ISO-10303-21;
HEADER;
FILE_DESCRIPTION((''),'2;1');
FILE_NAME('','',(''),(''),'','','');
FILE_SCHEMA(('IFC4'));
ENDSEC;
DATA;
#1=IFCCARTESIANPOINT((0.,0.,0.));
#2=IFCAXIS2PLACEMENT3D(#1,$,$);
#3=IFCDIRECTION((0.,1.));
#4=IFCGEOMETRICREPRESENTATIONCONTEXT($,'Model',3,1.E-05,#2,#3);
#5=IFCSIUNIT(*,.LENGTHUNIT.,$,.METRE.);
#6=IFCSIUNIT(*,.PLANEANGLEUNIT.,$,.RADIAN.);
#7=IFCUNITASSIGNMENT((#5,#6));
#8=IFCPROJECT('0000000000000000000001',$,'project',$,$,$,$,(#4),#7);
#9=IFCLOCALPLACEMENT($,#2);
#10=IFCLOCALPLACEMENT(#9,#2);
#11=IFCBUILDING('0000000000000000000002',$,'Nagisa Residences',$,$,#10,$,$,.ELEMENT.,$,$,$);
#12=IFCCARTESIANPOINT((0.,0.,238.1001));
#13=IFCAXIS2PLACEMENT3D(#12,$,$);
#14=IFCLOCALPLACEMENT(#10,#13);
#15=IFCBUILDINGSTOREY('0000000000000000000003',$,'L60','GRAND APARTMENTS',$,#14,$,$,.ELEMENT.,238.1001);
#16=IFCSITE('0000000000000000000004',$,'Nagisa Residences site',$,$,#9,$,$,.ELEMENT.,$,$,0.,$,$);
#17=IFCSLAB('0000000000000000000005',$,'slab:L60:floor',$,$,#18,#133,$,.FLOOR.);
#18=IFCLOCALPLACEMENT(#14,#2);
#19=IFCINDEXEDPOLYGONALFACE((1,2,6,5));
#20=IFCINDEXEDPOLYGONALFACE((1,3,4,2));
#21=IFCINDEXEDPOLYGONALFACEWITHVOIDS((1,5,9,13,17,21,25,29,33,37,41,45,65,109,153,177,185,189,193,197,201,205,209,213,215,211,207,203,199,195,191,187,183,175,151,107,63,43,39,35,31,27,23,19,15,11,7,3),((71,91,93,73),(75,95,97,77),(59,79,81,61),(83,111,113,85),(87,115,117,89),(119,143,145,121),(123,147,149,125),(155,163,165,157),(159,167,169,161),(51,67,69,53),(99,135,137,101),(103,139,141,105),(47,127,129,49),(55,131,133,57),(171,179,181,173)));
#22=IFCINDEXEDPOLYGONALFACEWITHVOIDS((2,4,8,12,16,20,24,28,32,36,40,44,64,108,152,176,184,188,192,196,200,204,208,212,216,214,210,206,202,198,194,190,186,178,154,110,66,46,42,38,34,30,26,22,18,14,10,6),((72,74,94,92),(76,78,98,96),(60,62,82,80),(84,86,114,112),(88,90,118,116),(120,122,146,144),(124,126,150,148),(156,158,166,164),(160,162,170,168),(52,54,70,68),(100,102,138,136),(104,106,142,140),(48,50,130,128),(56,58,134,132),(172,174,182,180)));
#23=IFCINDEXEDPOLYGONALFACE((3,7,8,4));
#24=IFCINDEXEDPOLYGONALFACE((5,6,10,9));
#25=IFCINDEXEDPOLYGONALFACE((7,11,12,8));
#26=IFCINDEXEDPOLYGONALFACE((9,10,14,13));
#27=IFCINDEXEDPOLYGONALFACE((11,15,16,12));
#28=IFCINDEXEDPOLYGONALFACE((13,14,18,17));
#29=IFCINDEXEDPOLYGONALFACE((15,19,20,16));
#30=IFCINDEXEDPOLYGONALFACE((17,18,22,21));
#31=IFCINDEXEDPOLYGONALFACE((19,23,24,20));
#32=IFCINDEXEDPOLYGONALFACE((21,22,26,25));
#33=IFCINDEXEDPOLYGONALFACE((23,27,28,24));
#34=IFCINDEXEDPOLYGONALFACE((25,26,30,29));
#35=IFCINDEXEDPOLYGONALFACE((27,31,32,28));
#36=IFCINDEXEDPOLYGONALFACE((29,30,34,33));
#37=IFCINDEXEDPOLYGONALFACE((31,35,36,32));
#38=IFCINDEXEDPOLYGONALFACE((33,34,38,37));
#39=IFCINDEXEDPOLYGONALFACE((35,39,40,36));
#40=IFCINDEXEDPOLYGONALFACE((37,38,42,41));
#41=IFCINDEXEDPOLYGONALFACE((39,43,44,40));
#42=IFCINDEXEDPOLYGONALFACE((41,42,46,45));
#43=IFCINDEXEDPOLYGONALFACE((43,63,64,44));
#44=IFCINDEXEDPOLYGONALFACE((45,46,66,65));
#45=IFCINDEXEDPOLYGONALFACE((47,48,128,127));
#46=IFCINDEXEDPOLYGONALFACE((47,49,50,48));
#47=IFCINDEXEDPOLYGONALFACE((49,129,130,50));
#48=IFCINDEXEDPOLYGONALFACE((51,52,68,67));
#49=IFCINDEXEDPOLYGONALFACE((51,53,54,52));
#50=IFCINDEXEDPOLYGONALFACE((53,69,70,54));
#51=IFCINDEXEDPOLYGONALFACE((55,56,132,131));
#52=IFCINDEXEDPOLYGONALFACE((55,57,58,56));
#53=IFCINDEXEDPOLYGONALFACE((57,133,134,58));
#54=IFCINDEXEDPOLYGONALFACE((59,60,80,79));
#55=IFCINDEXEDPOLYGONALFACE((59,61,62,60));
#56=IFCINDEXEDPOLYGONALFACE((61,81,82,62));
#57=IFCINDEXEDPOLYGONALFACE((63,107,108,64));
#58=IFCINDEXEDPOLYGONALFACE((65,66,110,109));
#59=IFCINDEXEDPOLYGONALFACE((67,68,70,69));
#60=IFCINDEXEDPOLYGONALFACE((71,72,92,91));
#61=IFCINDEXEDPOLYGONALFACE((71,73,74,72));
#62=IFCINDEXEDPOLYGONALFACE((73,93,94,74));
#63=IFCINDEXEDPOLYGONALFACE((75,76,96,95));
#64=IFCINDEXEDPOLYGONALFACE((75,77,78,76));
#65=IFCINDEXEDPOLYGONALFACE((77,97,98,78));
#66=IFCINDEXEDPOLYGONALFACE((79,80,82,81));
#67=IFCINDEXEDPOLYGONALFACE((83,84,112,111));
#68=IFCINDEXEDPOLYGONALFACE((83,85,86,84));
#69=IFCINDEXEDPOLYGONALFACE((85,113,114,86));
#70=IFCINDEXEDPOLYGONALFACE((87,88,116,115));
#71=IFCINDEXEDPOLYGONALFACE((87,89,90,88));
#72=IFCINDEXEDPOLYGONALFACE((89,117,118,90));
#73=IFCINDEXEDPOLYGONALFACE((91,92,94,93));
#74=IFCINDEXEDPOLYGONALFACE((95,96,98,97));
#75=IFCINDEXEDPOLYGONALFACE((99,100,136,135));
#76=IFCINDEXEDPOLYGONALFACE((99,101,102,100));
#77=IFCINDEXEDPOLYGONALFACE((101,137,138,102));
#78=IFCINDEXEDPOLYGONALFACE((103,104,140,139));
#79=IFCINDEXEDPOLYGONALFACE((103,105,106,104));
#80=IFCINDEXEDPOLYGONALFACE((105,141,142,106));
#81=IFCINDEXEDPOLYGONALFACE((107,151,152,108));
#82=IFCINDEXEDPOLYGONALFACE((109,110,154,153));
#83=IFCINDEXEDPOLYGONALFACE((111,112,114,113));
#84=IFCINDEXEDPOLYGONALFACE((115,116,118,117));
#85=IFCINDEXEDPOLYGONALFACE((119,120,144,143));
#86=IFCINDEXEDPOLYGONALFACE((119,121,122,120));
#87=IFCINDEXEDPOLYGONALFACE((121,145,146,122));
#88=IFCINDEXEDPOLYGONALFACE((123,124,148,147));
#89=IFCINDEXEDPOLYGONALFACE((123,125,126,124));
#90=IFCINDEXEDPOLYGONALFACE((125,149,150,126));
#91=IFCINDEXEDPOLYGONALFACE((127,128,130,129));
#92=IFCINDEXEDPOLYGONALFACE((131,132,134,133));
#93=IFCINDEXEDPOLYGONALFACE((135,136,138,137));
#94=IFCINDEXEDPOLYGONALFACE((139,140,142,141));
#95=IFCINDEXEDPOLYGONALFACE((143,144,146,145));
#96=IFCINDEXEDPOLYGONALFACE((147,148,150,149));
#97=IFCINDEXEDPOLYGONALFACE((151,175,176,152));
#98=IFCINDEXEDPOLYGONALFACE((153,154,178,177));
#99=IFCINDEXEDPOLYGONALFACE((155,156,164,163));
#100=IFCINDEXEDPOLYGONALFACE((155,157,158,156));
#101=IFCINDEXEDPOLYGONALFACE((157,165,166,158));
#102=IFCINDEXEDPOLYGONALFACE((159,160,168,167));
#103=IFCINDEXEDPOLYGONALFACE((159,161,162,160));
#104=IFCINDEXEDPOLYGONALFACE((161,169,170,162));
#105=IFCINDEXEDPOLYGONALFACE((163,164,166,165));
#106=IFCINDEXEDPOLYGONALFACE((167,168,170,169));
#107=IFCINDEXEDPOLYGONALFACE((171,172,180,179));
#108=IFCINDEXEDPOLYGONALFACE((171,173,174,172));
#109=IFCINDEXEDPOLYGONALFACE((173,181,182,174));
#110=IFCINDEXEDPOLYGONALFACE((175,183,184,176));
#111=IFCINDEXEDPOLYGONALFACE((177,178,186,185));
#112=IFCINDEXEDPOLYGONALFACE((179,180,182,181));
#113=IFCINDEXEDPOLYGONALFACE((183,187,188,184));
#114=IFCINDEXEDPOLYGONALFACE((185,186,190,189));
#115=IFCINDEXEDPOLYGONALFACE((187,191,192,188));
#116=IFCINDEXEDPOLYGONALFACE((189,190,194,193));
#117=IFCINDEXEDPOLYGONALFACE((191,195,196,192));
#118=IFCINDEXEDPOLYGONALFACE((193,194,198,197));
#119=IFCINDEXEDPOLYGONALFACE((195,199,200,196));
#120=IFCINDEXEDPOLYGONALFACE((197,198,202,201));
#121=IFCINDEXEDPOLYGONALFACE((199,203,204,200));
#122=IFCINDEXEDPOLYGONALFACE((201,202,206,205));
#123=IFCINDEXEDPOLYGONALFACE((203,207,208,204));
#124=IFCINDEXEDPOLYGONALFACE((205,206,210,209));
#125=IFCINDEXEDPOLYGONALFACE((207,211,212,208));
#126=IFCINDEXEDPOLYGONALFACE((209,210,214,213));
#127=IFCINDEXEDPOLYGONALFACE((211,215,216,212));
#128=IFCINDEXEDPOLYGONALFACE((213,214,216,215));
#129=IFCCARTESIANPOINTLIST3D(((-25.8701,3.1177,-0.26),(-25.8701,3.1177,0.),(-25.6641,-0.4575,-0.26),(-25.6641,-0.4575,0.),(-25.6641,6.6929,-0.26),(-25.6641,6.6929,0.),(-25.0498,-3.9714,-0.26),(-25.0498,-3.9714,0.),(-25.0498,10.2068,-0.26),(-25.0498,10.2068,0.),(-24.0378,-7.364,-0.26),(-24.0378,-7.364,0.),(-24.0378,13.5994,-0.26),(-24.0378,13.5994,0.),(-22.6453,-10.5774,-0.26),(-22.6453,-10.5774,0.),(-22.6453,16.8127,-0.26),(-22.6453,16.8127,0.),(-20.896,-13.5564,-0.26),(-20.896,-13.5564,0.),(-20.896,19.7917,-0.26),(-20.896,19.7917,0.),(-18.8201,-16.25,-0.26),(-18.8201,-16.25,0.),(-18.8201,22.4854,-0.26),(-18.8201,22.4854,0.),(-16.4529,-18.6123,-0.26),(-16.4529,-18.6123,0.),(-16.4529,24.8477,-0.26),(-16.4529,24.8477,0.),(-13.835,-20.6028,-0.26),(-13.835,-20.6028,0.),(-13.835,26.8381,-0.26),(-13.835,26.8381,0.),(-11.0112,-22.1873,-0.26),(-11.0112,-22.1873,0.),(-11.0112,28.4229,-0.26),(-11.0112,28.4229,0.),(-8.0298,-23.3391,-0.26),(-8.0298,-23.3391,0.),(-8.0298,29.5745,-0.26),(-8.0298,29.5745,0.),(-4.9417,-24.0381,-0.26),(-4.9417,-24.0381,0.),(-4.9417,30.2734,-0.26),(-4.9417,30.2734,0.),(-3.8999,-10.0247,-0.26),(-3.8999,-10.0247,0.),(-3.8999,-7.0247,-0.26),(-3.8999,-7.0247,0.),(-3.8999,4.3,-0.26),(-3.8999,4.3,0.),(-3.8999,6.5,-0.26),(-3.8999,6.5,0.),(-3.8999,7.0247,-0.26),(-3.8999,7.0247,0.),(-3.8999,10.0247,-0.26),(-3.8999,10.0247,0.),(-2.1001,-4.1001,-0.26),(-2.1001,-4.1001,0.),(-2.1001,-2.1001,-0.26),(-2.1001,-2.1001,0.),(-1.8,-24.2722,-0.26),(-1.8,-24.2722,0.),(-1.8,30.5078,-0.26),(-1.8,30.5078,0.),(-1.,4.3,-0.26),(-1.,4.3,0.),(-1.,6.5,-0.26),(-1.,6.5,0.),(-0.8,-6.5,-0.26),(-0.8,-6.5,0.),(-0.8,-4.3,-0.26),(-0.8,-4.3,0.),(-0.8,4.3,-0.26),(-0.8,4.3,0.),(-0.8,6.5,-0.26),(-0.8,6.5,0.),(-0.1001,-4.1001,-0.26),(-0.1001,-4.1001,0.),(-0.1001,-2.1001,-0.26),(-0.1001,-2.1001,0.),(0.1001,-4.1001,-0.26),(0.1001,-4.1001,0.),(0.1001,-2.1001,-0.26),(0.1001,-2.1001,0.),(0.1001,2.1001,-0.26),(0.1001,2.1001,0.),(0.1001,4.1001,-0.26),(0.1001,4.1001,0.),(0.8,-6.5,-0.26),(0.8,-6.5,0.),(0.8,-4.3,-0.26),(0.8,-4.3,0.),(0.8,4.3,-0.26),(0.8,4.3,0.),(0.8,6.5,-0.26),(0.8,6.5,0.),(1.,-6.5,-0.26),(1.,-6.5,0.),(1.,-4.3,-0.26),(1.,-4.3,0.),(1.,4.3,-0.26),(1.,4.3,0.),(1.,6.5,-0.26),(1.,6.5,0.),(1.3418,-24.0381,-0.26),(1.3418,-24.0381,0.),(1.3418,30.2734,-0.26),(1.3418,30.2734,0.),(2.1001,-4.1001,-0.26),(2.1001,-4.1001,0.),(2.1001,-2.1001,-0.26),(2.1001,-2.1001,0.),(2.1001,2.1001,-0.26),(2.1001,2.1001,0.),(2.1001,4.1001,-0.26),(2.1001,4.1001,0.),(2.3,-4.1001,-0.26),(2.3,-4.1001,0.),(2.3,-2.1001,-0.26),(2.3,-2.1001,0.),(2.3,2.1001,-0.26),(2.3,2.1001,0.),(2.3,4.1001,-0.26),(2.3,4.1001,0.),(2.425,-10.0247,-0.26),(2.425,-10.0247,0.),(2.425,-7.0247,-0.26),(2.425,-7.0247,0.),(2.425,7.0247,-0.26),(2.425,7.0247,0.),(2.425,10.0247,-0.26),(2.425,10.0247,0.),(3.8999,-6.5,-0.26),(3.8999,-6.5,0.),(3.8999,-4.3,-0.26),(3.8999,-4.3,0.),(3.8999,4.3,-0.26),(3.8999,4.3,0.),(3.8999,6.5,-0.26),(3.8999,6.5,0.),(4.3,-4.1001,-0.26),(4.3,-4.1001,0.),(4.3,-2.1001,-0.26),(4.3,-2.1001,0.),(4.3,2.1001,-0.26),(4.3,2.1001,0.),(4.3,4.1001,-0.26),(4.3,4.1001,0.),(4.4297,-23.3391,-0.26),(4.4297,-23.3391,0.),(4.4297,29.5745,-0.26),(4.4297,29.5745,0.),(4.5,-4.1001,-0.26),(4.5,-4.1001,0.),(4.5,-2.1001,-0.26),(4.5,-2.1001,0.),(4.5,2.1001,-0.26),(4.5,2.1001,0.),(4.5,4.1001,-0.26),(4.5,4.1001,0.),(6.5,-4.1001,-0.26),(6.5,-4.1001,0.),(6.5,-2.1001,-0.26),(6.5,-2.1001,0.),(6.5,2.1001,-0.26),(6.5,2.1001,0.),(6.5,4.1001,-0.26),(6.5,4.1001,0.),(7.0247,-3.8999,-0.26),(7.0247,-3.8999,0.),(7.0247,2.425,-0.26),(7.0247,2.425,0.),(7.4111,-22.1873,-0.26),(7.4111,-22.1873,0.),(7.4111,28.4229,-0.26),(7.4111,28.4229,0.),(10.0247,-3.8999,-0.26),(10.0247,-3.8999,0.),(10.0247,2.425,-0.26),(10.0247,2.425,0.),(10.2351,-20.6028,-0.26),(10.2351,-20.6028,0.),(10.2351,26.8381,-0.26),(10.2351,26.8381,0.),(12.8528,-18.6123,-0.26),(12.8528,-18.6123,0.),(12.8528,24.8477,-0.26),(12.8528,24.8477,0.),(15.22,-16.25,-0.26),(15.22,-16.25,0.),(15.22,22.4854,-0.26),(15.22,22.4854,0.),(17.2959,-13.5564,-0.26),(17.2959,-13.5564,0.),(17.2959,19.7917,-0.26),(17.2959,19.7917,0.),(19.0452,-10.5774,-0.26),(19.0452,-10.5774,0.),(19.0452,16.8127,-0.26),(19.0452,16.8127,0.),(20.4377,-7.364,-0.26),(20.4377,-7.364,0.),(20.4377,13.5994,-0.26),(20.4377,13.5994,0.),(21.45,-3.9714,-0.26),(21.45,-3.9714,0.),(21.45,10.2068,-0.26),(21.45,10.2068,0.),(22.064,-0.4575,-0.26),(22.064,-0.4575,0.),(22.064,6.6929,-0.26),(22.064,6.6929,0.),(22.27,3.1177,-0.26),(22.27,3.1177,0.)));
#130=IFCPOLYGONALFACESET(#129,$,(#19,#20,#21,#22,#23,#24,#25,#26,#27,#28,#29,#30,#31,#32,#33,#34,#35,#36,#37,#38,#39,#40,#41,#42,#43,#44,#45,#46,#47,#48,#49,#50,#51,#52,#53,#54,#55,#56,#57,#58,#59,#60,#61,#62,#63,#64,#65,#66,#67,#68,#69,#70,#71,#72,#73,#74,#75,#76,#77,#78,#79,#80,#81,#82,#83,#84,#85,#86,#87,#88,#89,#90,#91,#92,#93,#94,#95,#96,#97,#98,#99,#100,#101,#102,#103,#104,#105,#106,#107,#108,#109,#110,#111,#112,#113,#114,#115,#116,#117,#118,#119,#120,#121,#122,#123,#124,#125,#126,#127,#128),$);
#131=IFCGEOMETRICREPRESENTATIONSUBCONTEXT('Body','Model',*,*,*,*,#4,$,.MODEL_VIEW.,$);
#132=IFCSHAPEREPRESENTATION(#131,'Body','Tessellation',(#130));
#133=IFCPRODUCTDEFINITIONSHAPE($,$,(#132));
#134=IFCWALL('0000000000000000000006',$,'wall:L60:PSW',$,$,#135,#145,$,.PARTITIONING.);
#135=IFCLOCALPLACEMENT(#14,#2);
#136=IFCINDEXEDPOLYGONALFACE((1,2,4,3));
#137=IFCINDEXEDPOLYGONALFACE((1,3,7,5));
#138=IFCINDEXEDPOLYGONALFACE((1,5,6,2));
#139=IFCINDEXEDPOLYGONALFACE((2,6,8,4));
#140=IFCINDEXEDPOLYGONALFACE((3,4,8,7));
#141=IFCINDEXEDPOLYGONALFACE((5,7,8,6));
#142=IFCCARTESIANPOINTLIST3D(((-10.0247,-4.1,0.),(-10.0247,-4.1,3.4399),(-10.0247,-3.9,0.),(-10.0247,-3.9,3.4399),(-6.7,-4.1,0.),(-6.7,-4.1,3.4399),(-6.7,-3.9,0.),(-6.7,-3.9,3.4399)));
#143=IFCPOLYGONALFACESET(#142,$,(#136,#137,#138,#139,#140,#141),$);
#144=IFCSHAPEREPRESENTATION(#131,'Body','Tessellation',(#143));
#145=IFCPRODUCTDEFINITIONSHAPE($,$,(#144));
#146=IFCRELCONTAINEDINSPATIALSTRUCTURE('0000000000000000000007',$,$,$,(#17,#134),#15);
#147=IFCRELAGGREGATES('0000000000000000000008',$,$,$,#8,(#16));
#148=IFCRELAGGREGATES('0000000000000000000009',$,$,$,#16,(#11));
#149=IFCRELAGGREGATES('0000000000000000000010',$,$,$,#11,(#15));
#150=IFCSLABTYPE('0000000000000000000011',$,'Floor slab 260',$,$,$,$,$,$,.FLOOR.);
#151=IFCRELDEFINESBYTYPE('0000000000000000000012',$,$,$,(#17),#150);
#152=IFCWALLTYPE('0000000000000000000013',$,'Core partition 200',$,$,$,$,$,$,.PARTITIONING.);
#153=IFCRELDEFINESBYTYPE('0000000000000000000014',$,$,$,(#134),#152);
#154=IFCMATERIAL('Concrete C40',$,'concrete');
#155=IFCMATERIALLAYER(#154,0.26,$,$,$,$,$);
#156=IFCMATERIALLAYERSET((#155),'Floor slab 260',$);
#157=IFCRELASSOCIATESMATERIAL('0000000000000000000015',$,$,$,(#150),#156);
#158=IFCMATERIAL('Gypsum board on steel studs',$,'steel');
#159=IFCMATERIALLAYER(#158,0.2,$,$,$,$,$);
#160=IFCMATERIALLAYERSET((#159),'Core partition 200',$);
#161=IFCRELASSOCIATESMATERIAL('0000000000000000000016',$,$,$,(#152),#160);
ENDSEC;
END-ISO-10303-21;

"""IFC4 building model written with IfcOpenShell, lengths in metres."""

from ifc_helpers import new_model, si_unit, direction, frame, frame_2d, origin, place, context, subcontext, project, spatial, polyline, rectangle, outline, extrude, material, layer, layer_set, type_object, element, save


model = new_model("IFC4")

# Units and contexts
model_context = context("Model", 3, precision=1e-05, world=origin(), true_north=direction((0.0, 1.0)))
body_context = subcontext(model_context, "Body", "Model", "MODEL_VIEW")
ifc_project = project(units=[si_unit("LENGTHUNIT", "METRE"), si_unit("PLANEANGLEUNIT", "RADIAN")], contexts=[model_context])

# Site, building, storey
site_placement = place(None, origin())
site = spatial("IfcSite", under=ifc_project, at=site_placement, Name="Nagisa Residences site", CompositionType="ELEMENT", RefElevation=0.0)
building_placement = place(site_placement, origin())
building = spatial("IfcBuilding", under=site, at=building_placement, Name="Nagisa Residences", CompositionType="ELEMENT")
storey_placement = place(building_placement, frame((0.0, 0.0, 238.1001)))
storey = spatial("IfcBuildingStorey", under=building, at=storey_placement, Name="L60", Description="GRAND APARTMENTS", CompositionType="ELEMENT", Elevation=238.1001)

# Slab
ifc_material_1 = material(Name="Concrete C40", Category="concrete")
ifc_layer_1 = layer(ifc_material_1, 0.26)
ifc_layer_set_1 = layer_set([ifc_layer_1], Name="Floor slab 260")
slab_type_1 = type_object("IfcSlabType", Name="Floor slab 260", PredefinedType="FLOOR", material=ifc_layer_set_1)
slab_1_placement = place(storey_placement, frame((0.0, 0.0, -0.26)))
element("IfcSlab", 1, at=slab_1_placement, inside=storey, type_object=slab_type_1, Name="slab:L60:floor", PredefinedType="FLOOR", context=body_context, shape_type="SweptSolid", body=[
    extrude(outline(polyline([(22.27, 3.1177), (22.064, 6.6929), (21.45, 10.2068), (20.4377, 13.5994), (19.0452, 16.8127), (17.2959, 19.7917), (15.22, 22.4854), (12.8528, 24.8477), (10.2351, 26.8381), (7.4111, 28.4229), (4.4297, 29.5745), (1.3418, 30.2734), (-1.8, 30.5078), (-4.9417, 30.2734), (-8.0298, 29.5745), (-11.0112, 28.4229), (-13.835, 26.8381), (-16.4529, 24.8477), (-18.8201, 22.4854), (-20.896, 19.7917), (-22.6453, 16.8127), (-24.0378, 13.5994), (-25.0498, 10.2068), (-25.6641, 6.6929), (-25.8701, 3.1177), (-25.6641, -0.4575), (-25.0498, -3.9714), (-24.0378, -7.364), (-22.6453, -10.5774), (-20.896, -13.5564), (-18.8201, -16.25), (-16.4529, -18.6123), (-13.835, -20.6028), (-11.0112, -22.1873), (-8.0298, -23.3391), (-4.9417, -24.0381), (-1.8, -24.2722), (1.3418, -24.0381), (4.4297, -23.3391), (7.4111, -22.1873), (10.2351, -20.6028), (12.8528, -18.6123), (15.22, -16.25), (17.2959, -13.5564), (19.0452, -10.5774), (20.4377, -7.364), (21.45, -3.9714), (22.064, -0.4575), (22.27, 3.1177)]), holes=[polyline([(2.1001, 2.1001), (2.1001, 4.1001), (0.1001, 4.1001), (0.1001, 2.1001), (2.1001, 2.1001)]), polyline([(4.3, 2.1001), (4.3, 4.1001), (2.3, 4.1001), (2.3, 2.1001), (4.3, 2.1001)]), polyline([(6.5, 2.1001), (6.5, 4.1001), (4.5, 4.1001), (4.5, 2.1001), (6.5, 2.1001)]), polyline([(-0.1001, -4.1001), (-0.1001, -2.1001), (-2.1001, -2.1001), (-2.1001, -4.1001), (-0.1001, -4.1001)]), polyline([(2.1001, -4.1001), (2.1001, -2.1001), (0.1001, -2.1001), (0.1001, -4.1001), (2.1001, -4.1001)]), polyline([(4.3, -4.1001), (4.3, -2.1001), (2.3, -2.1001), (2.3, -4.1001), (4.3, -4.1001)]), polyline([(6.5, -4.1001), (6.5, -2.1001), (4.5, -2.1001), (4.5, -4.1001), (6.5, -4.1001)]), polyline([(3.8999, 4.3), (3.8999, 6.5), (1.0, 6.5), (1.0, 4.3), (3.8999, 4.3)]), polyline([(3.8999, -6.5), (3.8999, -4.3), (1.0, -4.3), (1.0, -6.5), (3.8999, -6.5)]), polyline([(-1.0, 4.3), (-1.0, 6.5), (-3.8999, 6.5), (-3.8999, 4.3), (-1.0, 4.3)]), polyline([(0.8, 4.3), (0.8, 6.5), (-0.8, 6.5), (-0.8, 4.3), (0.8, 4.3)]), polyline([(0.8, -6.5), (0.8, -4.3), (-0.8, -4.3), (-0.8, -6.5), (0.8, -6.5)]), polyline([(10.0247, -3.8999), (7.0247, -3.8999), (7.0247, 2.425), (10.0247, 2.425), (10.0247, -3.8999)]), polyline([(-3.8999, 7.0247), (-3.8999, 10.0247), (2.425, 10.0247), (2.425, 7.0247), (-3.8999, 7.0247)]), polyline([(-3.8999, -10.0247), (-3.8999, -7.0247), (2.425, -7.0247), (2.425, -10.0247), (-3.8999, -10.0247)])]), origin(), (0.0, 0.0, 1.0), 0.26),
])

# Wall
ifc_material_2 = material(Name="Gypsum board on steel studs", Category="steel")
ifc_layer_2 = layer(ifc_material_2, 0.2)
ifc_layer_set_2 = layer_set([ifc_layer_2], Name="Core partition 200")
wall_type_1 = type_object("IfcWallType", Name="Core partition 200", PredefinedType="PARTITIONING", material=ifc_layer_set_2)
wall_1_placement = place(storey_placement, frame((-10.0247, -4.0, 0.0), z_axis=(0.0, 0.0, 1.0), x_axis=(1.0, 0.0, 0.0)))
element("IfcWall", 2, at=wall_1_placement, inside=storey, type_object=wall_type_1, Name="wall:L60:PSW", PredefinedType="PARTITIONING", context=body_context, shape_type="SweptSolid", body=[
    extrude(rectangle(XDim=3.3247, YDim=0.2, at=frame_2d((1.6624, 0.0))), origin(), (0.0, 0.0, 1.0), 3.4399),
])

save(model, "model.ifc")
